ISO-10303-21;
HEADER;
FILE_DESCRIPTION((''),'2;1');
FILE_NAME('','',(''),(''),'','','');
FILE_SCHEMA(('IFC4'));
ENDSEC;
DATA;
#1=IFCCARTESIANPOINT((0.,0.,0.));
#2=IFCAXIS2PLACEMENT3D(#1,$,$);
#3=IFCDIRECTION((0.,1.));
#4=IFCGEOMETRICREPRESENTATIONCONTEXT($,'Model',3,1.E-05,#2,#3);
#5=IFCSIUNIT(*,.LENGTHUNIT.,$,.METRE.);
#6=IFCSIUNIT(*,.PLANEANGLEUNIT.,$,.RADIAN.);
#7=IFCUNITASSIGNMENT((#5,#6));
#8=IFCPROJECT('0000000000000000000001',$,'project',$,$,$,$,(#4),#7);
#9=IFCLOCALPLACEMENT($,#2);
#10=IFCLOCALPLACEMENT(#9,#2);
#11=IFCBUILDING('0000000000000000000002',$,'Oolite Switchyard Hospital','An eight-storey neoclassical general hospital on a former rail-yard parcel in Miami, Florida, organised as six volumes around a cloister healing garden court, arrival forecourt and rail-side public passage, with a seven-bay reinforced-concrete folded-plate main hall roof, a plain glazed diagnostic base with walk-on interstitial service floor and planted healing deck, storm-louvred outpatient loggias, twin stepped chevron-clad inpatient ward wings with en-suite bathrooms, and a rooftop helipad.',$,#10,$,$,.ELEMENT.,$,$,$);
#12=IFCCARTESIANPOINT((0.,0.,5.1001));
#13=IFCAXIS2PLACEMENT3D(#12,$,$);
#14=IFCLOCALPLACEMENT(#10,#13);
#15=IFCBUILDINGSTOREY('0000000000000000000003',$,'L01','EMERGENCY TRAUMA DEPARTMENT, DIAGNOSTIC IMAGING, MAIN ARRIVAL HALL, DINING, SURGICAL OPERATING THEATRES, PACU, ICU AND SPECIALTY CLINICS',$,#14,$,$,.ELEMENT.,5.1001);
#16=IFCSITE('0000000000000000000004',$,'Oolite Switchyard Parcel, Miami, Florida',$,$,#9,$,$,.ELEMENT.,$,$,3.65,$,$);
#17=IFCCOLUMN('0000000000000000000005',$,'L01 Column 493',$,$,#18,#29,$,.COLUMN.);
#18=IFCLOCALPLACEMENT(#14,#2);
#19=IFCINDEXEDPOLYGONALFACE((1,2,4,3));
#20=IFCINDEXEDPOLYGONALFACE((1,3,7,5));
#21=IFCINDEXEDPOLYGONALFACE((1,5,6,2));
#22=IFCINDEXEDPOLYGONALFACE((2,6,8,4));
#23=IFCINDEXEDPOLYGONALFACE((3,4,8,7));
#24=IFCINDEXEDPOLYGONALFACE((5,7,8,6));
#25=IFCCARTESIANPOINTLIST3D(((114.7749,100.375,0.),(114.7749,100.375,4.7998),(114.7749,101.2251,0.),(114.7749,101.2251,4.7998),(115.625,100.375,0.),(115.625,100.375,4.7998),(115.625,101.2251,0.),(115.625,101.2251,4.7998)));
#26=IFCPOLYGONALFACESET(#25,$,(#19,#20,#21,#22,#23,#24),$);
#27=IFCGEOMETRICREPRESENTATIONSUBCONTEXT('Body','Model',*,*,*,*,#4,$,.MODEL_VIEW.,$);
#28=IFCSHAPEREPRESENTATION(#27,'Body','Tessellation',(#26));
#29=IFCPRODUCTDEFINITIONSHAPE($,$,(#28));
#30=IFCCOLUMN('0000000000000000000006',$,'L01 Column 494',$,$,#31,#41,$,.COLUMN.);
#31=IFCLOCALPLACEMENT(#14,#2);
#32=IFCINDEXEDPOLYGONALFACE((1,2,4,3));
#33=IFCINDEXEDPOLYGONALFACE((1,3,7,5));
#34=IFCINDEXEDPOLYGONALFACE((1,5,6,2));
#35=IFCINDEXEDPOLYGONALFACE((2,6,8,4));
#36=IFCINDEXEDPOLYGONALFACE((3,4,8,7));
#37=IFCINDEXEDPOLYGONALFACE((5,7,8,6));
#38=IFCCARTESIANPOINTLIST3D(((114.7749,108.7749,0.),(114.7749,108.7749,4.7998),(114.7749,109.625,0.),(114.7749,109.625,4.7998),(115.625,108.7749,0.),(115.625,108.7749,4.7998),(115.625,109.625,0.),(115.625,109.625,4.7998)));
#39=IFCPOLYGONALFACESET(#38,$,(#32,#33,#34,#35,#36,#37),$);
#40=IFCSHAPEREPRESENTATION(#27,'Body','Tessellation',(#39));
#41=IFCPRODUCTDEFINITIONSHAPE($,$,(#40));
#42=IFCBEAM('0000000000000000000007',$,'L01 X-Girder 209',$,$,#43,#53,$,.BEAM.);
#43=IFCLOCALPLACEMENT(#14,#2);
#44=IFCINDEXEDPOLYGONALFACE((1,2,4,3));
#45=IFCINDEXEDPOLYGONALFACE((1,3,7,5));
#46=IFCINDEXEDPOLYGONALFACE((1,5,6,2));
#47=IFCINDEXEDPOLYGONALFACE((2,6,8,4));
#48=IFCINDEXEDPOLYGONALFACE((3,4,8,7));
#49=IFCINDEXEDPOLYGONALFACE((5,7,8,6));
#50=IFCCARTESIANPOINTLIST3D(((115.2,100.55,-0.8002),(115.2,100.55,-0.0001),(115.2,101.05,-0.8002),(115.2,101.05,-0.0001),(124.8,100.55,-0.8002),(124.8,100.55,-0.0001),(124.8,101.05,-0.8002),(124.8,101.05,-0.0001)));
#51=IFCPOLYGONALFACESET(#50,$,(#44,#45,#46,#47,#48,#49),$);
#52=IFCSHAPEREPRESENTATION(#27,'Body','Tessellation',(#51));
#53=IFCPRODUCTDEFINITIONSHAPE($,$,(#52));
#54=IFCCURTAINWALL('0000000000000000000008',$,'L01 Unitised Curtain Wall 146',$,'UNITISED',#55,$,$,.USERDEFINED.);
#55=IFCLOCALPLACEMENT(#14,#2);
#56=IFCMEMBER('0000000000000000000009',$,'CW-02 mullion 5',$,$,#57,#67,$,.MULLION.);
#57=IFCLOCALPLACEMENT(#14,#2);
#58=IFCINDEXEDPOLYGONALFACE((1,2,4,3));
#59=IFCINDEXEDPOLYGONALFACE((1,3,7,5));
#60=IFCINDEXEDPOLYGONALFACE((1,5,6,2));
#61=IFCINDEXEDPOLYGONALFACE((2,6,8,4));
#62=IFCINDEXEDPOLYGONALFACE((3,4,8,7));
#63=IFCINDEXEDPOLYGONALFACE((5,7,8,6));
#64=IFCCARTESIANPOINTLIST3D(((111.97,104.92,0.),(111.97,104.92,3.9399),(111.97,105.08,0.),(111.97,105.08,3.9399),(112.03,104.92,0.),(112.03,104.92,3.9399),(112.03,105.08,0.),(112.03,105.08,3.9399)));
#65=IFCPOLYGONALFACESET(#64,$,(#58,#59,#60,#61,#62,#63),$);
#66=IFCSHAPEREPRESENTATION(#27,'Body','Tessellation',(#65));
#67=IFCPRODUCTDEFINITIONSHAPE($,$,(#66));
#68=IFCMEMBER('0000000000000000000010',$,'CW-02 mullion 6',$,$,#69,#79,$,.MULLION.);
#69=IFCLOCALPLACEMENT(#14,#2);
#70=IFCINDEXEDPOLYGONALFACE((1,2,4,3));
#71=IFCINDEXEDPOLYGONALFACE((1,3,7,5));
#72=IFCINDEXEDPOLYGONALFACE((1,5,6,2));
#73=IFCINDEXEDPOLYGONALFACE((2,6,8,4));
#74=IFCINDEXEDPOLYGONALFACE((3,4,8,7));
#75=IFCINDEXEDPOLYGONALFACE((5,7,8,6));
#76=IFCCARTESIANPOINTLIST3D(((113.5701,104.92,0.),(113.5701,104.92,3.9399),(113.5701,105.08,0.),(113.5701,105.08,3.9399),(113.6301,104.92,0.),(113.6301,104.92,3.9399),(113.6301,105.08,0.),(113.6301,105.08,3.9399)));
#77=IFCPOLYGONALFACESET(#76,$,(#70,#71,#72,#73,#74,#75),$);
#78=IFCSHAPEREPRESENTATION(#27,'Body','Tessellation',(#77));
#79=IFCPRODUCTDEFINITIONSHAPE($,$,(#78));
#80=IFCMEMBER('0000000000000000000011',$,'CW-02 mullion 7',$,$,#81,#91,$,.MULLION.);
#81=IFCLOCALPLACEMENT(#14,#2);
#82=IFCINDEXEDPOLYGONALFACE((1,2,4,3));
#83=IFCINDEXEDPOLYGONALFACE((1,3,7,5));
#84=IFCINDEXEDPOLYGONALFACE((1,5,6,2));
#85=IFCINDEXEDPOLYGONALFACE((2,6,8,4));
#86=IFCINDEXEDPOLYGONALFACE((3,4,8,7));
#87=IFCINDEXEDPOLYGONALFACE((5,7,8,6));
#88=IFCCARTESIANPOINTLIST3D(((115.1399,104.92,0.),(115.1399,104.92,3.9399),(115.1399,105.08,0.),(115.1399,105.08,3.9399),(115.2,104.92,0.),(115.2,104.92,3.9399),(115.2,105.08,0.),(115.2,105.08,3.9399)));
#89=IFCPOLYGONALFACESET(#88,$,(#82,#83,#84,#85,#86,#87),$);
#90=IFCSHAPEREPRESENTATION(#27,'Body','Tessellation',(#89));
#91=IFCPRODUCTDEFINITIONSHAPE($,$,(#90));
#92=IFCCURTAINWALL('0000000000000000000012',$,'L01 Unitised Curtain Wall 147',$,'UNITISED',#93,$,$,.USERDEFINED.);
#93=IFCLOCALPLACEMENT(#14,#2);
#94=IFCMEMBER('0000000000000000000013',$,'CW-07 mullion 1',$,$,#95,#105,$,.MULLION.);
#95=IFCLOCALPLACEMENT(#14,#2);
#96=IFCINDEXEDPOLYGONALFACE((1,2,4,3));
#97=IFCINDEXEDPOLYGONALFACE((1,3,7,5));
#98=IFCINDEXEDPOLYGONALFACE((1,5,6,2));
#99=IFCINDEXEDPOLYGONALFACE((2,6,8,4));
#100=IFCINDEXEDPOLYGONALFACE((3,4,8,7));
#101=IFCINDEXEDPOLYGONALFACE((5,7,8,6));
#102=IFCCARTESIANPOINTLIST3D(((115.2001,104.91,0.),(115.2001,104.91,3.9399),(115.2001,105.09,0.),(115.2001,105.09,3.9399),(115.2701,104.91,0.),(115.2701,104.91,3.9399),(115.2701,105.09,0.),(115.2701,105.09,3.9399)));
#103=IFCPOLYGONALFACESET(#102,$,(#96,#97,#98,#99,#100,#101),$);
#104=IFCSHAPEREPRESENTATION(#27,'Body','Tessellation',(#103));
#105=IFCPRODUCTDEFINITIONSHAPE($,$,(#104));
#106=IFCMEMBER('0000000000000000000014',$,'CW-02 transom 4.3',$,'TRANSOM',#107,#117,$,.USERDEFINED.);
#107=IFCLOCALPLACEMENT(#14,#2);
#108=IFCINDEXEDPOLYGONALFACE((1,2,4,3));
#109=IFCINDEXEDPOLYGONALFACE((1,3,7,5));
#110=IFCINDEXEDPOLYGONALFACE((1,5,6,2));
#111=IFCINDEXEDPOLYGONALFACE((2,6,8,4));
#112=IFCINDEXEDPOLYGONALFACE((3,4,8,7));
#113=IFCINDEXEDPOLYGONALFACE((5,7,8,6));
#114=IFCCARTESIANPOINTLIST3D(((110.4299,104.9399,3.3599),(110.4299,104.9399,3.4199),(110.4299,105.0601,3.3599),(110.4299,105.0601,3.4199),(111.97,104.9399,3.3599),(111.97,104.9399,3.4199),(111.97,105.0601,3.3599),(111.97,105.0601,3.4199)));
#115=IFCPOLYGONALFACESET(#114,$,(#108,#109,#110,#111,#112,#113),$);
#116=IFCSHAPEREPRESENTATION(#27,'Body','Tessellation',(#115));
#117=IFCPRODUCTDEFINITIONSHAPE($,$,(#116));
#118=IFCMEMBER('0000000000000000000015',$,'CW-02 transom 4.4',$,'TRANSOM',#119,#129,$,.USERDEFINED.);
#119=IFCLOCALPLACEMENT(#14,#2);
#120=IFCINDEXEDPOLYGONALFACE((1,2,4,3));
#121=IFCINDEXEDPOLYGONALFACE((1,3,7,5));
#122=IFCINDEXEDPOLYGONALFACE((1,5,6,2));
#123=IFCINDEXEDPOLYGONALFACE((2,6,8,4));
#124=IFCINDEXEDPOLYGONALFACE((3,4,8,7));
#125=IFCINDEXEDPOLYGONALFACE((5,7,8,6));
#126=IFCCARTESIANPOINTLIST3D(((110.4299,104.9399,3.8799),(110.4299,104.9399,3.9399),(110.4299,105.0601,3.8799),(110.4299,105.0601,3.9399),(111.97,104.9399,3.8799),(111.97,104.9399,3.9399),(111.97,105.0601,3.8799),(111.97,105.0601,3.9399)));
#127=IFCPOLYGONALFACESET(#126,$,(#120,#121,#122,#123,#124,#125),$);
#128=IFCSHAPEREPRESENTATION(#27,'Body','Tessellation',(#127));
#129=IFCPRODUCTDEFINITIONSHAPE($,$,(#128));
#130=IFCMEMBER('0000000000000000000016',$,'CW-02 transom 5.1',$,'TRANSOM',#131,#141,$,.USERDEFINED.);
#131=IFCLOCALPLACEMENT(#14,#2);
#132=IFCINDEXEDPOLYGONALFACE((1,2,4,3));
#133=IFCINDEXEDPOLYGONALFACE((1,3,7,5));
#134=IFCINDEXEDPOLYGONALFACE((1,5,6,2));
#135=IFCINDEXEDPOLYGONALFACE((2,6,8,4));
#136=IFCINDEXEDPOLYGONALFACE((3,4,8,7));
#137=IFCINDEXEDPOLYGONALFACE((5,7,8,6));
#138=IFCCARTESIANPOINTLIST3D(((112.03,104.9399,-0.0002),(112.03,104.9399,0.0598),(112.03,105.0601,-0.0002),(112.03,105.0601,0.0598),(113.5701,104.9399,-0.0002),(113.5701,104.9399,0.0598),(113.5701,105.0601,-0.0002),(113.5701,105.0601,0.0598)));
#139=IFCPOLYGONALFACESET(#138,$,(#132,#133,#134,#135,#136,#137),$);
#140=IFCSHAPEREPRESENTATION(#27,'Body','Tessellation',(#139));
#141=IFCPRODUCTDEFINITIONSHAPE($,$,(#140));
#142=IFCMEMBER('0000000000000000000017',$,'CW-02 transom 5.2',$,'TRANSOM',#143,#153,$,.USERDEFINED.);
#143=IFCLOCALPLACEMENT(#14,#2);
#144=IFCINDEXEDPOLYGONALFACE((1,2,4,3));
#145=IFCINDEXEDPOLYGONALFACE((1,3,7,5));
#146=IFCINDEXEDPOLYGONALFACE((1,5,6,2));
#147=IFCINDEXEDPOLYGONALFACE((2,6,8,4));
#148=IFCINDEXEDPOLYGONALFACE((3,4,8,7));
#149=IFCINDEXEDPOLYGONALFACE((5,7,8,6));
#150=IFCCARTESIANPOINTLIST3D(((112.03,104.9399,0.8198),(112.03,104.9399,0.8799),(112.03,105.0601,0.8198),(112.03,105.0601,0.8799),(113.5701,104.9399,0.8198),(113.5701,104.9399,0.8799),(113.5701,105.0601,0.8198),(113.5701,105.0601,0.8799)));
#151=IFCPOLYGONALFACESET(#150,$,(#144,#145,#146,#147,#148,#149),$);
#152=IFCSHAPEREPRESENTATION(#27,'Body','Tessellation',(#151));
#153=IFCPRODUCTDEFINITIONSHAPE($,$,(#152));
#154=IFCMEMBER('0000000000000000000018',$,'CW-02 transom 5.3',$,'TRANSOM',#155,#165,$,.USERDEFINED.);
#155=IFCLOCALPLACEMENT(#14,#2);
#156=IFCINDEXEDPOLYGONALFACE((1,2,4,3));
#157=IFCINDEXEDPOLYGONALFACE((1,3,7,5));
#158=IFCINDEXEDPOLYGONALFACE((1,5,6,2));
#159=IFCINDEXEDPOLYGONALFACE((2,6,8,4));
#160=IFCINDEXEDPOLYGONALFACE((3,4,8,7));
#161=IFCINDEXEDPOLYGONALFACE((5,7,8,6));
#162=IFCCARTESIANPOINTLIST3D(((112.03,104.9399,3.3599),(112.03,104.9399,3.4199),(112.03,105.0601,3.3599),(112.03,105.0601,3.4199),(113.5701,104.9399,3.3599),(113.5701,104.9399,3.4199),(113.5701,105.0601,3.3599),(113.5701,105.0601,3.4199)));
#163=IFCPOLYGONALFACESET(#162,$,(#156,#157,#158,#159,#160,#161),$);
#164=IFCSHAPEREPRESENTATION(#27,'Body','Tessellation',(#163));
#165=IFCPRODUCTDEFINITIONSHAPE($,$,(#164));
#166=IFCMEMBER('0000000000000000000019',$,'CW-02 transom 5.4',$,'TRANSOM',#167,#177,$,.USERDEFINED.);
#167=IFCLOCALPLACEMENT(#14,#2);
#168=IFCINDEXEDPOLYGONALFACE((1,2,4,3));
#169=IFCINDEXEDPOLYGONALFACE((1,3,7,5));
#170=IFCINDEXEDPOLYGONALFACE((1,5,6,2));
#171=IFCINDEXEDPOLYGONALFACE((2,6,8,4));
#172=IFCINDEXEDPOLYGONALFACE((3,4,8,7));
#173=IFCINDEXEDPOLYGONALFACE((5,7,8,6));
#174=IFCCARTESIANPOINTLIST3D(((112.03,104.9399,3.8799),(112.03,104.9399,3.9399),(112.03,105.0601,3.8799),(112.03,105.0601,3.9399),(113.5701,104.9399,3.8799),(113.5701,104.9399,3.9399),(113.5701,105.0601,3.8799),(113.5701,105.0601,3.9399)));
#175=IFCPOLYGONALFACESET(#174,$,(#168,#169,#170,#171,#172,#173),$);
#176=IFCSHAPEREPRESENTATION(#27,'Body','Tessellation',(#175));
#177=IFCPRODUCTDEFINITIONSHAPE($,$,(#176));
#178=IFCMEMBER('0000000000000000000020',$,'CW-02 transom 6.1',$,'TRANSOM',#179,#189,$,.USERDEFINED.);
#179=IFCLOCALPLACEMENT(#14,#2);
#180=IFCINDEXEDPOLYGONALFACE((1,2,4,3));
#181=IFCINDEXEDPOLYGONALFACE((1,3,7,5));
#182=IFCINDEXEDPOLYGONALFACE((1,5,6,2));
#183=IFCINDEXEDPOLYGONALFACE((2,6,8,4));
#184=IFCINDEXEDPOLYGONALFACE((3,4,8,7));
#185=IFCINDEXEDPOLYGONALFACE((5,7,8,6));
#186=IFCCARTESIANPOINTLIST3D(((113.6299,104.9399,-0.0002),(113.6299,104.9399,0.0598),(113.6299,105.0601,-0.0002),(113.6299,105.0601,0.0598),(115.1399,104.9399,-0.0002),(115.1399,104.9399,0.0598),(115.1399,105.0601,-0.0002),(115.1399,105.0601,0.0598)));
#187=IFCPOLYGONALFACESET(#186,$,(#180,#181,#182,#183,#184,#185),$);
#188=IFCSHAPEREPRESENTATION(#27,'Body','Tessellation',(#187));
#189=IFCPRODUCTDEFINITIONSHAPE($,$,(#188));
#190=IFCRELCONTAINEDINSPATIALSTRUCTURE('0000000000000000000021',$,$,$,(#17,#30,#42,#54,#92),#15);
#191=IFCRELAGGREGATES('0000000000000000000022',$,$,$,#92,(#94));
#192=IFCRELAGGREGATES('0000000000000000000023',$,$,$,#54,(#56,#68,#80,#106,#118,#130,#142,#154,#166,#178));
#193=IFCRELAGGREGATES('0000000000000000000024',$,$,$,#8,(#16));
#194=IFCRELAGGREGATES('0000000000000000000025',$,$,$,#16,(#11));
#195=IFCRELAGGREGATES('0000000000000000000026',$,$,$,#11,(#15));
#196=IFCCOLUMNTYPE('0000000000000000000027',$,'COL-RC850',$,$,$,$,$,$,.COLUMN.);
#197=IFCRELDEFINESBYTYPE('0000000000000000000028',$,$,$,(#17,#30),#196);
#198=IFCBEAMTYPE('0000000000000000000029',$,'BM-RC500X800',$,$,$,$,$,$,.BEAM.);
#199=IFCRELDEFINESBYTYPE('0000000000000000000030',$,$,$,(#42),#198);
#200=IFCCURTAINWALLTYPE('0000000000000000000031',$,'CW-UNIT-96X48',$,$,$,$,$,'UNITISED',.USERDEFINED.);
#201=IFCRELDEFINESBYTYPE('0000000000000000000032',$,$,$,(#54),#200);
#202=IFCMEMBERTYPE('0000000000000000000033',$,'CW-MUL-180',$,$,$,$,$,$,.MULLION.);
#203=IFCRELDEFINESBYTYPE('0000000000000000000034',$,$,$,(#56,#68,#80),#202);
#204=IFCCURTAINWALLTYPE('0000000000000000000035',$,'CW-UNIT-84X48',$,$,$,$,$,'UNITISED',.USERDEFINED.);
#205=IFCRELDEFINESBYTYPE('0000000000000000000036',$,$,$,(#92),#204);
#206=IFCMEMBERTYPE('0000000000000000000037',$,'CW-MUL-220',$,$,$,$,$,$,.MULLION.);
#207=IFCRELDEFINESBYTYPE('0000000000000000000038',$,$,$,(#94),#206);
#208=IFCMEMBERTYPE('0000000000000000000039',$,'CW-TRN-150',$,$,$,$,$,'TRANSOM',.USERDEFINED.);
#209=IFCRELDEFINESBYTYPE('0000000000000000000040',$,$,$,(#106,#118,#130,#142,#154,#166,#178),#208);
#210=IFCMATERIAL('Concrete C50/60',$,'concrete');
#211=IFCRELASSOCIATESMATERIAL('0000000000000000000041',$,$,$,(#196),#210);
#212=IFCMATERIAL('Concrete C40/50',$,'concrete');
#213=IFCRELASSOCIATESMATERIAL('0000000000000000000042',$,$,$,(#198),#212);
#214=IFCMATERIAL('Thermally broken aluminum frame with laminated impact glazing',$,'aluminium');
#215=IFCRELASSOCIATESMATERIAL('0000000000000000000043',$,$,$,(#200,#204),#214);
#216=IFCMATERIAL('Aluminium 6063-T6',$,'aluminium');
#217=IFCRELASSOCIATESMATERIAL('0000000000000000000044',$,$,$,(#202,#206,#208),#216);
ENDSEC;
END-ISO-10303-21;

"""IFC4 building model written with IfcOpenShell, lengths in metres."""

from ifc_helpers import new_model, si_unit, direction, frame, origin, origin_2d, place, context, subcontext, project, spatial, rectangle, extrude, material, material_profile, profile_set, type_object, element, aggregate, save


model = new_model("IFC4")

# Units and contexts
model_context = context("Model", 3, precision=1e-05, world=origin(), true_north=direction((0.0, 1.0)))
body_context = subcontext(model_context, "Body", "Model", "MODEL_VIEW")
ifc_project = project(units=[si_unit("LENGTHUNIT", "METRE"), si_unit("PLANEANGLEUNIT", "RADIAN")], contexts=[model_context])

# Site, building, storey
site_placement = place(None, origin())
site = spatial("IfcSite", under=ifc_project, at=site_placement, Name="Oolite Switchyard Parcel, Miami, Florida", CompositionType="ELEMENT", RefElevation=3.65)
building_placement = place(site_placement, origin())
building = spatial("IfcBuilding", under=site, at=building_placement, Name="Oolite Switchyard Hospital", Description="An eight-storey neoclassical general hospital on a former rail-yard parcel in Miami, Florida, organised as six volumes around a cloister healing garden court, arrival forecourt and rail-side public passage, with a seven-bay reinforced-concrete folded-plate main hall roof, a plain glazed diagnostic base with walk-on interstitial service floor and planted healing deck, storm-louvred outpatient loggias, twin stepped chevron-clad inpatient ward wings with en-suite bathrooms, and a rooftop helipad.", CompositionType="ELEMENT")
storey_placement = place(building_placement, frame((0.0, 0.0, 5.1001)))
storey = spatial("IfcBuildingStorey", under=building, at=storey_placement, Name="L01", Description="EMERGENCY TRAUMA DEPARTMENT, DIAGNOSTIC IMAGING, MAIN ARRIVAL HALL, DINING, SURGICAL OPERATING THEATRES, PACU, ICU AND SPECIALTY CLINICS", CompositionType="ELEMENT", Elevation=5.1001)

# Columns
ifc_material_1 = material(Name="Concrete C50/60", Category="concrete")
ifc_material_profile_1 = material_profile(ifc_material_1, rectangle(XDim=0.8501, YDim=0.8501, at=origin_2d()), Name="RC850X850")
ifc_profile_set_1 = profile_set([ifc_material_profile_1], Name="Concrete C50/60")
column_type = type_object("IfcColumnType", Name="COL-RC850", PredefinedType="COLUMN", material=ifc_profile_set_1)
for number, where, z_axis, x_axis, name in (
    (1, (115.2, 100.8, 0.0), (0.0, 0.0, 1.0), (1.0, 0.0, 0.0), "L01 Column 493"),
    (2, (115.2, 109.2, 0.0), (0.0, 0.0, 1.0), (1.0, 0.0, 0.0), "L01 Column 494"),
):
    element("IfcColumn", number, at=place(storey_placement, frame(where, z_axis=z_axis, x_axis=x_axis)), inside=storey, type_object=column_type, Name=name, PredefinedType="COLUMN", context=body_context, shape_type="SweptSolid", body=[
        extrude(rectangle(XDim=0.8501, YDim=0.8501, at=origin_2d()), origin(), (0.0, 0.0, 1.0), 4.7998),
    ])

# Beam
ifc_material_2 = material(Name="Concrete C40/50", Category="concrete")
ifc_material_profile_2 = material_profile(ifc_material_2, rectangle(XDim=0.5, YDim=0.8, at=origin_2d()), Name="RCB500X800")
ifc_profile_set_2 = profile_set([ifc_material_profile_2], Name="Concrete C40/50")
beam_type = type_object("IfcBeamType", Name="BM-RC500X800", PredefinedType="BEAM", material=ifc_profile_set_2)
beam_placement = place(storey_placement, frame((115.2, 100.8, -0.4001), z_axis=(1.0, 0.0, 0.0), x_axis=(0.0, 1.0, 0.0)))
element("IfcBeam", 3, at=beam_placement, inside=storey, type_object=beam_type, Name="L01 X-Girder 209", PredefinedType="BEAM", context=body_context, shape_type="SweptSolid", body=[
    extrude(rectangle(XDim=0.5, YDim=0.8, at=origin_2d()), origin(), (0.0, 0.0, 1.0), 9.6001),
])

# Curtain wall, members
ifc_material_3 = material(Name="Thermally broken aluminum frame with laminated impact glazing", Category="aluminium")
curtain_wall_type_1 = type_object("IfcCurtainWallType", Name="CW-UNIT-96X48", ElementType="UNITISED", PredefinedType="USERDEFINED", material=ifc_material_3)
curtain_wall_1_placement = place(storey_placement, origin())
curtain_wall_1 = element("IfcCurtainWall", 4, at=curtain_wall_1_placement, inside=storey, type_object=curtain_wall_type_1, Name="L01 Unitised Curtain Wall 146", ObjectType="UNITISED", PredefinedType="USERDEFINED")
ifc_material_4 = material(Name="Aluminium 6063-T6", Category="aluminium")
ifc_material_profile_3 = material_profile(ifc_material_4, rectangle(XDim=0.1599, YDim=0.0601, at=origin_2d()), Name="CWM60X160")
ifc_profile_set_3 = profile_set([ifc_material_profile_3], Name="Aluminium 6063-T6")
member_type_1 = type_object("IfcMemberType", Name="CW-MUL-180", PredefinedType="MULLION", material=ifc_profile_set_3)
member_1_placement = place(storey_placement, frame((112.0, 105.0, 0.0), z_axis=(0.0, 0.0, 1.0), x_axis=(0.0, 1.0, 0.0)))
member_1 = element("IfcMember", 5, at=member_1_placement, type_object=member_type_1, Name="CW-02 mullion 5", PredefinedType="MULLION", context=body_context, shape_type="SweptSolid", body=[
    extrude(rectangle(XDim=0.1599, YDim=0.0601, at=origin_2d()), origin(), (0.0, 0.0, 1.0), 3.9399),
])
member_2_placement = place(storey_placement, frame((113.6001, 105.0, 0.0), z_axis=(0.0, 0.0, 1.0), x_axis=(0.0, 1.0, 0.0)))
member_2 = element("IfcMember", 6, at=member_2_placement, type_object=member_type_1, Name="CW-02 mullion 6", PredefinedType="MULLION", context=body_context, shape_type="SweptSolid", body=[
    extrude(rectangle(XDim=0.1599, YDim=0.0601, at=origin_2d()), origin(), (0.0, 0.0, 1.0), 3.9399),
])
member_3_placement = place(storey_placement, frame((115.1699, 105.0, 0.0), z_axis=(0.0, 0.0, 1.0), x_axis=(0.0, 1.0, 0.0)))
member_3 = element("IfcMember", 7, at=member_3_placement, type_object=member_type_1, Name="CW-02 mullion 7", PredefinedType="MULLION", context=body_context, shape_type="SweptSolid", body=[
    extrude(rectangle(XDim=0.1599, YDim=0.0601, at=origin_2d()), origin(), (0.0, 0.0, 1.0), 3.9399),
])

# Curtain wall, member
curtain_wall_type_2 = type_object("IfcCurtainWallType", Name="CW-UNIT-84X48", ElementType="UNITISED", PredefinedType="USERDEFINED", material=ifc_material_3)
curtain_wall_2_placement = place(storey_placement, origin())
curtain_wall_2 = element("IfcCurtainWall", 8, at=curtain_wall_2_placement, inside=storey, type_object=curtain_wall_type_2, Name="L01 Unitised Curtain Wall 147", ObjectType="UNITISED", PredefinedType="USERDEFINED")
ifc_material_profile_4 = material_profile(ifc_material_4, rectangle(XDim=0.1799, YDim=0.0701, at=origin_2d()), Name="CWM70X180")
ifc_profile_set_4 = profile_set([ifc_material_profile_4], Name="Aluminium 6063-T6")
member_type_2 = type_object("IfcMemberType", Name="CW-MUL-220", PredefinedType="MULLION", material=ifc_profile_set_4)
member_4_placement = place(storey_placement, frame((115.2351, 105.0, 0.0), z_axis=(0.0, 0.0, 1.0), x_axis=(0.0, 1.0, 0.0)))
member_4 = element("IfcMember", 9, at=member_4_placement, type_object=member_type_2, Name="CW-07 mullion 1", PredefinedType="MULLION", context=body_context, shape_type="SweptSolid", body=[
    extrude(rectangle(XDim=0.1799, YDim=0.0701, at=origin_2d()), origin(), (0.0, 0.0, 1.0), 3.9399),
])
aggregate(curtain_wall_2, [member_4])

# Members
ifc_material_profile_5 = material_profile(ifc_material_4, rectangle(XDim=0.1201, YDim=0.0601, at=origin_2d()), Name="CWT60X120")
ifc_profile_set_5 = profile_set([ifc_material_profile_5], Name="Aluminium 6063-T6")
member_type_3 = type_object("IfcMemberType", Name="CW-TRN-150", ElementType="TRANSOM", PredefinedType="USERDEFINED", material=ifc_profile_set_5)
member_5_placement = place(storey_placement, frame((110.4299, 105.0, 3.3899), z_axis=(1.0, 0.0, 0.0), x_axis=(0.0, 1.0, 0.0)))
member_5 = element("IfcMember", 10, at=member_5_placement, type_object=member_type_3, Name="CW-02 transom 4.3", ObjectType="TRANSOM", PredefinedType="USERDEFINED", context=body_context, shape_type="SweptSolid", body=[
    extrude(rectangle(XDim=0.1201, YDim=0.0601, at=origin_2d()), origin(), (0.0, 0.0, 1.0), 1.54),
])
member_6_placement = place(storey_placement, frame((110.4299, 105.0, 3.9099), z_axis=(1.0, 0.0, 0.0), x_axis=(0.0, 1.0, 0.0)))
member_6 = element("IfcMember", 11, at=member_6_placement, type_object=member_type_3, Name="CW-02 transom 4.4", ObjectType="TRANSOM", PredefinedType="USERDEFINED", context=body_context, shape_type="SweptSolid", body=[
    extrude(rectangle(XDim=0.1201, YDim=0.0601, at=origin_2d()), origin(), (0.0, 0.0, 1.0), 1.54),
])
member_7_placement = place(storey_placement, frame((112.03, 105.0, 0.0298), z_axis=(1.0, 0.0, 0.0), x_axis=(0.0, 1.0, 0.0)))
member_7 = element("IfcMember", 12, at=member_7_placement, type_object=member_type_3, Name="CW-02 transom 5.1", ObjectType="TRANSOM", PredefinedType="USERDEFINED", context=body_context, shape_type="SweptSolid", body=[
    extrude(rectangle(XDim=0.1201, YDim=0.0601, at=origin_2d()), origin(), (0.0, 0.0, 1.0), 1.54),
])
member_8_placement = place(storey_placement, frame((112.03, 105.0, 0.8499), z_axis=(1.0, 0.0, 0.0), x_axis=(0.0, 1.0, 0.0)))
member_8 = element("IfcMember", 13, at=member_8_placement, type_object=member_type_3, Name="CW-02 transom 5.2", ObjectType="TRANSOM", PredefinedType="USERDEFINED", context=body_context, shape_type="SweptSolid", body=[
    extrude(rectangle(XDim=0.1201, YDim=0.0601, at=origin_2d()), origin(), (0.0, 0.0, 1.0), 1.54),
])
member_9_placement = place(storey_placement, frame((112.03, 105.0, 3.3899), z_axis=(1.0, 0.0, 0.0), x_axis=(0.0, 1.0, 0.0)))
member_9 = element("IfcMember", 14, at=member_9_placement, type_object=member_type_3, Name="CW-02 transom 5.3", ObjectType="TRANSOM", PredefinedType="USERDEFINED", context=body_context, shape_type="SweptSolid", body=[
    extrude(rectangle(XDim=0.1201, YDim=0.0601, at=origin_2d()), origin(), (0.0, 0.0, 1.0), 1.54),
])
member_10_placement = place(storey_placement, frame((112.03, 105.0, 3.9099), z_axis=(1.0, 0.0, 0.0), x_axis=(0.0, 1.0, 0.0)))
member_10 = element("IfcMember", 15, at=member_10_placement, type_object=member_type_3, Name="CW-02 transom 5.4", ObjectType="TRANSOM", PredefinedType="USERDEFINED", context=body_context, shape_type="SweptSolid", body=[
    extrude(rectangle(XDim=0.1201, YDim=0.0601, at=origin_2d()), origin(), (0.0, 0.0, 1.0), 1.54),
])
member_11_placement = place(storey_placement, frame((113.6299, 105.0, 0.0298), z_axis=(1.0, 0.0, 0.0), x_axis=(0.0, 1.0, 0.0)))
member_11 = element("IfcMember", 16, at=member_11_placement, type_object=member_type_3, Name="CW-02 transom 6.1", ObjectType="TRANSOM", PredefinedType="USERDEFINED", context=body_context, shape_type="SweptSolid", body=[
    extrude(rectangle(XDim=0.1201, YDim=0.0601, at=origin_2d()), origin(), (0.0, 0.0, 1.0), 1.51),
])

aggregate(curtain_wall_1, [member_1, member_2, member_3, member_5, member_6, member_7, member_8, member_9, member_10, member_11])

save(model, "model.ifc")
